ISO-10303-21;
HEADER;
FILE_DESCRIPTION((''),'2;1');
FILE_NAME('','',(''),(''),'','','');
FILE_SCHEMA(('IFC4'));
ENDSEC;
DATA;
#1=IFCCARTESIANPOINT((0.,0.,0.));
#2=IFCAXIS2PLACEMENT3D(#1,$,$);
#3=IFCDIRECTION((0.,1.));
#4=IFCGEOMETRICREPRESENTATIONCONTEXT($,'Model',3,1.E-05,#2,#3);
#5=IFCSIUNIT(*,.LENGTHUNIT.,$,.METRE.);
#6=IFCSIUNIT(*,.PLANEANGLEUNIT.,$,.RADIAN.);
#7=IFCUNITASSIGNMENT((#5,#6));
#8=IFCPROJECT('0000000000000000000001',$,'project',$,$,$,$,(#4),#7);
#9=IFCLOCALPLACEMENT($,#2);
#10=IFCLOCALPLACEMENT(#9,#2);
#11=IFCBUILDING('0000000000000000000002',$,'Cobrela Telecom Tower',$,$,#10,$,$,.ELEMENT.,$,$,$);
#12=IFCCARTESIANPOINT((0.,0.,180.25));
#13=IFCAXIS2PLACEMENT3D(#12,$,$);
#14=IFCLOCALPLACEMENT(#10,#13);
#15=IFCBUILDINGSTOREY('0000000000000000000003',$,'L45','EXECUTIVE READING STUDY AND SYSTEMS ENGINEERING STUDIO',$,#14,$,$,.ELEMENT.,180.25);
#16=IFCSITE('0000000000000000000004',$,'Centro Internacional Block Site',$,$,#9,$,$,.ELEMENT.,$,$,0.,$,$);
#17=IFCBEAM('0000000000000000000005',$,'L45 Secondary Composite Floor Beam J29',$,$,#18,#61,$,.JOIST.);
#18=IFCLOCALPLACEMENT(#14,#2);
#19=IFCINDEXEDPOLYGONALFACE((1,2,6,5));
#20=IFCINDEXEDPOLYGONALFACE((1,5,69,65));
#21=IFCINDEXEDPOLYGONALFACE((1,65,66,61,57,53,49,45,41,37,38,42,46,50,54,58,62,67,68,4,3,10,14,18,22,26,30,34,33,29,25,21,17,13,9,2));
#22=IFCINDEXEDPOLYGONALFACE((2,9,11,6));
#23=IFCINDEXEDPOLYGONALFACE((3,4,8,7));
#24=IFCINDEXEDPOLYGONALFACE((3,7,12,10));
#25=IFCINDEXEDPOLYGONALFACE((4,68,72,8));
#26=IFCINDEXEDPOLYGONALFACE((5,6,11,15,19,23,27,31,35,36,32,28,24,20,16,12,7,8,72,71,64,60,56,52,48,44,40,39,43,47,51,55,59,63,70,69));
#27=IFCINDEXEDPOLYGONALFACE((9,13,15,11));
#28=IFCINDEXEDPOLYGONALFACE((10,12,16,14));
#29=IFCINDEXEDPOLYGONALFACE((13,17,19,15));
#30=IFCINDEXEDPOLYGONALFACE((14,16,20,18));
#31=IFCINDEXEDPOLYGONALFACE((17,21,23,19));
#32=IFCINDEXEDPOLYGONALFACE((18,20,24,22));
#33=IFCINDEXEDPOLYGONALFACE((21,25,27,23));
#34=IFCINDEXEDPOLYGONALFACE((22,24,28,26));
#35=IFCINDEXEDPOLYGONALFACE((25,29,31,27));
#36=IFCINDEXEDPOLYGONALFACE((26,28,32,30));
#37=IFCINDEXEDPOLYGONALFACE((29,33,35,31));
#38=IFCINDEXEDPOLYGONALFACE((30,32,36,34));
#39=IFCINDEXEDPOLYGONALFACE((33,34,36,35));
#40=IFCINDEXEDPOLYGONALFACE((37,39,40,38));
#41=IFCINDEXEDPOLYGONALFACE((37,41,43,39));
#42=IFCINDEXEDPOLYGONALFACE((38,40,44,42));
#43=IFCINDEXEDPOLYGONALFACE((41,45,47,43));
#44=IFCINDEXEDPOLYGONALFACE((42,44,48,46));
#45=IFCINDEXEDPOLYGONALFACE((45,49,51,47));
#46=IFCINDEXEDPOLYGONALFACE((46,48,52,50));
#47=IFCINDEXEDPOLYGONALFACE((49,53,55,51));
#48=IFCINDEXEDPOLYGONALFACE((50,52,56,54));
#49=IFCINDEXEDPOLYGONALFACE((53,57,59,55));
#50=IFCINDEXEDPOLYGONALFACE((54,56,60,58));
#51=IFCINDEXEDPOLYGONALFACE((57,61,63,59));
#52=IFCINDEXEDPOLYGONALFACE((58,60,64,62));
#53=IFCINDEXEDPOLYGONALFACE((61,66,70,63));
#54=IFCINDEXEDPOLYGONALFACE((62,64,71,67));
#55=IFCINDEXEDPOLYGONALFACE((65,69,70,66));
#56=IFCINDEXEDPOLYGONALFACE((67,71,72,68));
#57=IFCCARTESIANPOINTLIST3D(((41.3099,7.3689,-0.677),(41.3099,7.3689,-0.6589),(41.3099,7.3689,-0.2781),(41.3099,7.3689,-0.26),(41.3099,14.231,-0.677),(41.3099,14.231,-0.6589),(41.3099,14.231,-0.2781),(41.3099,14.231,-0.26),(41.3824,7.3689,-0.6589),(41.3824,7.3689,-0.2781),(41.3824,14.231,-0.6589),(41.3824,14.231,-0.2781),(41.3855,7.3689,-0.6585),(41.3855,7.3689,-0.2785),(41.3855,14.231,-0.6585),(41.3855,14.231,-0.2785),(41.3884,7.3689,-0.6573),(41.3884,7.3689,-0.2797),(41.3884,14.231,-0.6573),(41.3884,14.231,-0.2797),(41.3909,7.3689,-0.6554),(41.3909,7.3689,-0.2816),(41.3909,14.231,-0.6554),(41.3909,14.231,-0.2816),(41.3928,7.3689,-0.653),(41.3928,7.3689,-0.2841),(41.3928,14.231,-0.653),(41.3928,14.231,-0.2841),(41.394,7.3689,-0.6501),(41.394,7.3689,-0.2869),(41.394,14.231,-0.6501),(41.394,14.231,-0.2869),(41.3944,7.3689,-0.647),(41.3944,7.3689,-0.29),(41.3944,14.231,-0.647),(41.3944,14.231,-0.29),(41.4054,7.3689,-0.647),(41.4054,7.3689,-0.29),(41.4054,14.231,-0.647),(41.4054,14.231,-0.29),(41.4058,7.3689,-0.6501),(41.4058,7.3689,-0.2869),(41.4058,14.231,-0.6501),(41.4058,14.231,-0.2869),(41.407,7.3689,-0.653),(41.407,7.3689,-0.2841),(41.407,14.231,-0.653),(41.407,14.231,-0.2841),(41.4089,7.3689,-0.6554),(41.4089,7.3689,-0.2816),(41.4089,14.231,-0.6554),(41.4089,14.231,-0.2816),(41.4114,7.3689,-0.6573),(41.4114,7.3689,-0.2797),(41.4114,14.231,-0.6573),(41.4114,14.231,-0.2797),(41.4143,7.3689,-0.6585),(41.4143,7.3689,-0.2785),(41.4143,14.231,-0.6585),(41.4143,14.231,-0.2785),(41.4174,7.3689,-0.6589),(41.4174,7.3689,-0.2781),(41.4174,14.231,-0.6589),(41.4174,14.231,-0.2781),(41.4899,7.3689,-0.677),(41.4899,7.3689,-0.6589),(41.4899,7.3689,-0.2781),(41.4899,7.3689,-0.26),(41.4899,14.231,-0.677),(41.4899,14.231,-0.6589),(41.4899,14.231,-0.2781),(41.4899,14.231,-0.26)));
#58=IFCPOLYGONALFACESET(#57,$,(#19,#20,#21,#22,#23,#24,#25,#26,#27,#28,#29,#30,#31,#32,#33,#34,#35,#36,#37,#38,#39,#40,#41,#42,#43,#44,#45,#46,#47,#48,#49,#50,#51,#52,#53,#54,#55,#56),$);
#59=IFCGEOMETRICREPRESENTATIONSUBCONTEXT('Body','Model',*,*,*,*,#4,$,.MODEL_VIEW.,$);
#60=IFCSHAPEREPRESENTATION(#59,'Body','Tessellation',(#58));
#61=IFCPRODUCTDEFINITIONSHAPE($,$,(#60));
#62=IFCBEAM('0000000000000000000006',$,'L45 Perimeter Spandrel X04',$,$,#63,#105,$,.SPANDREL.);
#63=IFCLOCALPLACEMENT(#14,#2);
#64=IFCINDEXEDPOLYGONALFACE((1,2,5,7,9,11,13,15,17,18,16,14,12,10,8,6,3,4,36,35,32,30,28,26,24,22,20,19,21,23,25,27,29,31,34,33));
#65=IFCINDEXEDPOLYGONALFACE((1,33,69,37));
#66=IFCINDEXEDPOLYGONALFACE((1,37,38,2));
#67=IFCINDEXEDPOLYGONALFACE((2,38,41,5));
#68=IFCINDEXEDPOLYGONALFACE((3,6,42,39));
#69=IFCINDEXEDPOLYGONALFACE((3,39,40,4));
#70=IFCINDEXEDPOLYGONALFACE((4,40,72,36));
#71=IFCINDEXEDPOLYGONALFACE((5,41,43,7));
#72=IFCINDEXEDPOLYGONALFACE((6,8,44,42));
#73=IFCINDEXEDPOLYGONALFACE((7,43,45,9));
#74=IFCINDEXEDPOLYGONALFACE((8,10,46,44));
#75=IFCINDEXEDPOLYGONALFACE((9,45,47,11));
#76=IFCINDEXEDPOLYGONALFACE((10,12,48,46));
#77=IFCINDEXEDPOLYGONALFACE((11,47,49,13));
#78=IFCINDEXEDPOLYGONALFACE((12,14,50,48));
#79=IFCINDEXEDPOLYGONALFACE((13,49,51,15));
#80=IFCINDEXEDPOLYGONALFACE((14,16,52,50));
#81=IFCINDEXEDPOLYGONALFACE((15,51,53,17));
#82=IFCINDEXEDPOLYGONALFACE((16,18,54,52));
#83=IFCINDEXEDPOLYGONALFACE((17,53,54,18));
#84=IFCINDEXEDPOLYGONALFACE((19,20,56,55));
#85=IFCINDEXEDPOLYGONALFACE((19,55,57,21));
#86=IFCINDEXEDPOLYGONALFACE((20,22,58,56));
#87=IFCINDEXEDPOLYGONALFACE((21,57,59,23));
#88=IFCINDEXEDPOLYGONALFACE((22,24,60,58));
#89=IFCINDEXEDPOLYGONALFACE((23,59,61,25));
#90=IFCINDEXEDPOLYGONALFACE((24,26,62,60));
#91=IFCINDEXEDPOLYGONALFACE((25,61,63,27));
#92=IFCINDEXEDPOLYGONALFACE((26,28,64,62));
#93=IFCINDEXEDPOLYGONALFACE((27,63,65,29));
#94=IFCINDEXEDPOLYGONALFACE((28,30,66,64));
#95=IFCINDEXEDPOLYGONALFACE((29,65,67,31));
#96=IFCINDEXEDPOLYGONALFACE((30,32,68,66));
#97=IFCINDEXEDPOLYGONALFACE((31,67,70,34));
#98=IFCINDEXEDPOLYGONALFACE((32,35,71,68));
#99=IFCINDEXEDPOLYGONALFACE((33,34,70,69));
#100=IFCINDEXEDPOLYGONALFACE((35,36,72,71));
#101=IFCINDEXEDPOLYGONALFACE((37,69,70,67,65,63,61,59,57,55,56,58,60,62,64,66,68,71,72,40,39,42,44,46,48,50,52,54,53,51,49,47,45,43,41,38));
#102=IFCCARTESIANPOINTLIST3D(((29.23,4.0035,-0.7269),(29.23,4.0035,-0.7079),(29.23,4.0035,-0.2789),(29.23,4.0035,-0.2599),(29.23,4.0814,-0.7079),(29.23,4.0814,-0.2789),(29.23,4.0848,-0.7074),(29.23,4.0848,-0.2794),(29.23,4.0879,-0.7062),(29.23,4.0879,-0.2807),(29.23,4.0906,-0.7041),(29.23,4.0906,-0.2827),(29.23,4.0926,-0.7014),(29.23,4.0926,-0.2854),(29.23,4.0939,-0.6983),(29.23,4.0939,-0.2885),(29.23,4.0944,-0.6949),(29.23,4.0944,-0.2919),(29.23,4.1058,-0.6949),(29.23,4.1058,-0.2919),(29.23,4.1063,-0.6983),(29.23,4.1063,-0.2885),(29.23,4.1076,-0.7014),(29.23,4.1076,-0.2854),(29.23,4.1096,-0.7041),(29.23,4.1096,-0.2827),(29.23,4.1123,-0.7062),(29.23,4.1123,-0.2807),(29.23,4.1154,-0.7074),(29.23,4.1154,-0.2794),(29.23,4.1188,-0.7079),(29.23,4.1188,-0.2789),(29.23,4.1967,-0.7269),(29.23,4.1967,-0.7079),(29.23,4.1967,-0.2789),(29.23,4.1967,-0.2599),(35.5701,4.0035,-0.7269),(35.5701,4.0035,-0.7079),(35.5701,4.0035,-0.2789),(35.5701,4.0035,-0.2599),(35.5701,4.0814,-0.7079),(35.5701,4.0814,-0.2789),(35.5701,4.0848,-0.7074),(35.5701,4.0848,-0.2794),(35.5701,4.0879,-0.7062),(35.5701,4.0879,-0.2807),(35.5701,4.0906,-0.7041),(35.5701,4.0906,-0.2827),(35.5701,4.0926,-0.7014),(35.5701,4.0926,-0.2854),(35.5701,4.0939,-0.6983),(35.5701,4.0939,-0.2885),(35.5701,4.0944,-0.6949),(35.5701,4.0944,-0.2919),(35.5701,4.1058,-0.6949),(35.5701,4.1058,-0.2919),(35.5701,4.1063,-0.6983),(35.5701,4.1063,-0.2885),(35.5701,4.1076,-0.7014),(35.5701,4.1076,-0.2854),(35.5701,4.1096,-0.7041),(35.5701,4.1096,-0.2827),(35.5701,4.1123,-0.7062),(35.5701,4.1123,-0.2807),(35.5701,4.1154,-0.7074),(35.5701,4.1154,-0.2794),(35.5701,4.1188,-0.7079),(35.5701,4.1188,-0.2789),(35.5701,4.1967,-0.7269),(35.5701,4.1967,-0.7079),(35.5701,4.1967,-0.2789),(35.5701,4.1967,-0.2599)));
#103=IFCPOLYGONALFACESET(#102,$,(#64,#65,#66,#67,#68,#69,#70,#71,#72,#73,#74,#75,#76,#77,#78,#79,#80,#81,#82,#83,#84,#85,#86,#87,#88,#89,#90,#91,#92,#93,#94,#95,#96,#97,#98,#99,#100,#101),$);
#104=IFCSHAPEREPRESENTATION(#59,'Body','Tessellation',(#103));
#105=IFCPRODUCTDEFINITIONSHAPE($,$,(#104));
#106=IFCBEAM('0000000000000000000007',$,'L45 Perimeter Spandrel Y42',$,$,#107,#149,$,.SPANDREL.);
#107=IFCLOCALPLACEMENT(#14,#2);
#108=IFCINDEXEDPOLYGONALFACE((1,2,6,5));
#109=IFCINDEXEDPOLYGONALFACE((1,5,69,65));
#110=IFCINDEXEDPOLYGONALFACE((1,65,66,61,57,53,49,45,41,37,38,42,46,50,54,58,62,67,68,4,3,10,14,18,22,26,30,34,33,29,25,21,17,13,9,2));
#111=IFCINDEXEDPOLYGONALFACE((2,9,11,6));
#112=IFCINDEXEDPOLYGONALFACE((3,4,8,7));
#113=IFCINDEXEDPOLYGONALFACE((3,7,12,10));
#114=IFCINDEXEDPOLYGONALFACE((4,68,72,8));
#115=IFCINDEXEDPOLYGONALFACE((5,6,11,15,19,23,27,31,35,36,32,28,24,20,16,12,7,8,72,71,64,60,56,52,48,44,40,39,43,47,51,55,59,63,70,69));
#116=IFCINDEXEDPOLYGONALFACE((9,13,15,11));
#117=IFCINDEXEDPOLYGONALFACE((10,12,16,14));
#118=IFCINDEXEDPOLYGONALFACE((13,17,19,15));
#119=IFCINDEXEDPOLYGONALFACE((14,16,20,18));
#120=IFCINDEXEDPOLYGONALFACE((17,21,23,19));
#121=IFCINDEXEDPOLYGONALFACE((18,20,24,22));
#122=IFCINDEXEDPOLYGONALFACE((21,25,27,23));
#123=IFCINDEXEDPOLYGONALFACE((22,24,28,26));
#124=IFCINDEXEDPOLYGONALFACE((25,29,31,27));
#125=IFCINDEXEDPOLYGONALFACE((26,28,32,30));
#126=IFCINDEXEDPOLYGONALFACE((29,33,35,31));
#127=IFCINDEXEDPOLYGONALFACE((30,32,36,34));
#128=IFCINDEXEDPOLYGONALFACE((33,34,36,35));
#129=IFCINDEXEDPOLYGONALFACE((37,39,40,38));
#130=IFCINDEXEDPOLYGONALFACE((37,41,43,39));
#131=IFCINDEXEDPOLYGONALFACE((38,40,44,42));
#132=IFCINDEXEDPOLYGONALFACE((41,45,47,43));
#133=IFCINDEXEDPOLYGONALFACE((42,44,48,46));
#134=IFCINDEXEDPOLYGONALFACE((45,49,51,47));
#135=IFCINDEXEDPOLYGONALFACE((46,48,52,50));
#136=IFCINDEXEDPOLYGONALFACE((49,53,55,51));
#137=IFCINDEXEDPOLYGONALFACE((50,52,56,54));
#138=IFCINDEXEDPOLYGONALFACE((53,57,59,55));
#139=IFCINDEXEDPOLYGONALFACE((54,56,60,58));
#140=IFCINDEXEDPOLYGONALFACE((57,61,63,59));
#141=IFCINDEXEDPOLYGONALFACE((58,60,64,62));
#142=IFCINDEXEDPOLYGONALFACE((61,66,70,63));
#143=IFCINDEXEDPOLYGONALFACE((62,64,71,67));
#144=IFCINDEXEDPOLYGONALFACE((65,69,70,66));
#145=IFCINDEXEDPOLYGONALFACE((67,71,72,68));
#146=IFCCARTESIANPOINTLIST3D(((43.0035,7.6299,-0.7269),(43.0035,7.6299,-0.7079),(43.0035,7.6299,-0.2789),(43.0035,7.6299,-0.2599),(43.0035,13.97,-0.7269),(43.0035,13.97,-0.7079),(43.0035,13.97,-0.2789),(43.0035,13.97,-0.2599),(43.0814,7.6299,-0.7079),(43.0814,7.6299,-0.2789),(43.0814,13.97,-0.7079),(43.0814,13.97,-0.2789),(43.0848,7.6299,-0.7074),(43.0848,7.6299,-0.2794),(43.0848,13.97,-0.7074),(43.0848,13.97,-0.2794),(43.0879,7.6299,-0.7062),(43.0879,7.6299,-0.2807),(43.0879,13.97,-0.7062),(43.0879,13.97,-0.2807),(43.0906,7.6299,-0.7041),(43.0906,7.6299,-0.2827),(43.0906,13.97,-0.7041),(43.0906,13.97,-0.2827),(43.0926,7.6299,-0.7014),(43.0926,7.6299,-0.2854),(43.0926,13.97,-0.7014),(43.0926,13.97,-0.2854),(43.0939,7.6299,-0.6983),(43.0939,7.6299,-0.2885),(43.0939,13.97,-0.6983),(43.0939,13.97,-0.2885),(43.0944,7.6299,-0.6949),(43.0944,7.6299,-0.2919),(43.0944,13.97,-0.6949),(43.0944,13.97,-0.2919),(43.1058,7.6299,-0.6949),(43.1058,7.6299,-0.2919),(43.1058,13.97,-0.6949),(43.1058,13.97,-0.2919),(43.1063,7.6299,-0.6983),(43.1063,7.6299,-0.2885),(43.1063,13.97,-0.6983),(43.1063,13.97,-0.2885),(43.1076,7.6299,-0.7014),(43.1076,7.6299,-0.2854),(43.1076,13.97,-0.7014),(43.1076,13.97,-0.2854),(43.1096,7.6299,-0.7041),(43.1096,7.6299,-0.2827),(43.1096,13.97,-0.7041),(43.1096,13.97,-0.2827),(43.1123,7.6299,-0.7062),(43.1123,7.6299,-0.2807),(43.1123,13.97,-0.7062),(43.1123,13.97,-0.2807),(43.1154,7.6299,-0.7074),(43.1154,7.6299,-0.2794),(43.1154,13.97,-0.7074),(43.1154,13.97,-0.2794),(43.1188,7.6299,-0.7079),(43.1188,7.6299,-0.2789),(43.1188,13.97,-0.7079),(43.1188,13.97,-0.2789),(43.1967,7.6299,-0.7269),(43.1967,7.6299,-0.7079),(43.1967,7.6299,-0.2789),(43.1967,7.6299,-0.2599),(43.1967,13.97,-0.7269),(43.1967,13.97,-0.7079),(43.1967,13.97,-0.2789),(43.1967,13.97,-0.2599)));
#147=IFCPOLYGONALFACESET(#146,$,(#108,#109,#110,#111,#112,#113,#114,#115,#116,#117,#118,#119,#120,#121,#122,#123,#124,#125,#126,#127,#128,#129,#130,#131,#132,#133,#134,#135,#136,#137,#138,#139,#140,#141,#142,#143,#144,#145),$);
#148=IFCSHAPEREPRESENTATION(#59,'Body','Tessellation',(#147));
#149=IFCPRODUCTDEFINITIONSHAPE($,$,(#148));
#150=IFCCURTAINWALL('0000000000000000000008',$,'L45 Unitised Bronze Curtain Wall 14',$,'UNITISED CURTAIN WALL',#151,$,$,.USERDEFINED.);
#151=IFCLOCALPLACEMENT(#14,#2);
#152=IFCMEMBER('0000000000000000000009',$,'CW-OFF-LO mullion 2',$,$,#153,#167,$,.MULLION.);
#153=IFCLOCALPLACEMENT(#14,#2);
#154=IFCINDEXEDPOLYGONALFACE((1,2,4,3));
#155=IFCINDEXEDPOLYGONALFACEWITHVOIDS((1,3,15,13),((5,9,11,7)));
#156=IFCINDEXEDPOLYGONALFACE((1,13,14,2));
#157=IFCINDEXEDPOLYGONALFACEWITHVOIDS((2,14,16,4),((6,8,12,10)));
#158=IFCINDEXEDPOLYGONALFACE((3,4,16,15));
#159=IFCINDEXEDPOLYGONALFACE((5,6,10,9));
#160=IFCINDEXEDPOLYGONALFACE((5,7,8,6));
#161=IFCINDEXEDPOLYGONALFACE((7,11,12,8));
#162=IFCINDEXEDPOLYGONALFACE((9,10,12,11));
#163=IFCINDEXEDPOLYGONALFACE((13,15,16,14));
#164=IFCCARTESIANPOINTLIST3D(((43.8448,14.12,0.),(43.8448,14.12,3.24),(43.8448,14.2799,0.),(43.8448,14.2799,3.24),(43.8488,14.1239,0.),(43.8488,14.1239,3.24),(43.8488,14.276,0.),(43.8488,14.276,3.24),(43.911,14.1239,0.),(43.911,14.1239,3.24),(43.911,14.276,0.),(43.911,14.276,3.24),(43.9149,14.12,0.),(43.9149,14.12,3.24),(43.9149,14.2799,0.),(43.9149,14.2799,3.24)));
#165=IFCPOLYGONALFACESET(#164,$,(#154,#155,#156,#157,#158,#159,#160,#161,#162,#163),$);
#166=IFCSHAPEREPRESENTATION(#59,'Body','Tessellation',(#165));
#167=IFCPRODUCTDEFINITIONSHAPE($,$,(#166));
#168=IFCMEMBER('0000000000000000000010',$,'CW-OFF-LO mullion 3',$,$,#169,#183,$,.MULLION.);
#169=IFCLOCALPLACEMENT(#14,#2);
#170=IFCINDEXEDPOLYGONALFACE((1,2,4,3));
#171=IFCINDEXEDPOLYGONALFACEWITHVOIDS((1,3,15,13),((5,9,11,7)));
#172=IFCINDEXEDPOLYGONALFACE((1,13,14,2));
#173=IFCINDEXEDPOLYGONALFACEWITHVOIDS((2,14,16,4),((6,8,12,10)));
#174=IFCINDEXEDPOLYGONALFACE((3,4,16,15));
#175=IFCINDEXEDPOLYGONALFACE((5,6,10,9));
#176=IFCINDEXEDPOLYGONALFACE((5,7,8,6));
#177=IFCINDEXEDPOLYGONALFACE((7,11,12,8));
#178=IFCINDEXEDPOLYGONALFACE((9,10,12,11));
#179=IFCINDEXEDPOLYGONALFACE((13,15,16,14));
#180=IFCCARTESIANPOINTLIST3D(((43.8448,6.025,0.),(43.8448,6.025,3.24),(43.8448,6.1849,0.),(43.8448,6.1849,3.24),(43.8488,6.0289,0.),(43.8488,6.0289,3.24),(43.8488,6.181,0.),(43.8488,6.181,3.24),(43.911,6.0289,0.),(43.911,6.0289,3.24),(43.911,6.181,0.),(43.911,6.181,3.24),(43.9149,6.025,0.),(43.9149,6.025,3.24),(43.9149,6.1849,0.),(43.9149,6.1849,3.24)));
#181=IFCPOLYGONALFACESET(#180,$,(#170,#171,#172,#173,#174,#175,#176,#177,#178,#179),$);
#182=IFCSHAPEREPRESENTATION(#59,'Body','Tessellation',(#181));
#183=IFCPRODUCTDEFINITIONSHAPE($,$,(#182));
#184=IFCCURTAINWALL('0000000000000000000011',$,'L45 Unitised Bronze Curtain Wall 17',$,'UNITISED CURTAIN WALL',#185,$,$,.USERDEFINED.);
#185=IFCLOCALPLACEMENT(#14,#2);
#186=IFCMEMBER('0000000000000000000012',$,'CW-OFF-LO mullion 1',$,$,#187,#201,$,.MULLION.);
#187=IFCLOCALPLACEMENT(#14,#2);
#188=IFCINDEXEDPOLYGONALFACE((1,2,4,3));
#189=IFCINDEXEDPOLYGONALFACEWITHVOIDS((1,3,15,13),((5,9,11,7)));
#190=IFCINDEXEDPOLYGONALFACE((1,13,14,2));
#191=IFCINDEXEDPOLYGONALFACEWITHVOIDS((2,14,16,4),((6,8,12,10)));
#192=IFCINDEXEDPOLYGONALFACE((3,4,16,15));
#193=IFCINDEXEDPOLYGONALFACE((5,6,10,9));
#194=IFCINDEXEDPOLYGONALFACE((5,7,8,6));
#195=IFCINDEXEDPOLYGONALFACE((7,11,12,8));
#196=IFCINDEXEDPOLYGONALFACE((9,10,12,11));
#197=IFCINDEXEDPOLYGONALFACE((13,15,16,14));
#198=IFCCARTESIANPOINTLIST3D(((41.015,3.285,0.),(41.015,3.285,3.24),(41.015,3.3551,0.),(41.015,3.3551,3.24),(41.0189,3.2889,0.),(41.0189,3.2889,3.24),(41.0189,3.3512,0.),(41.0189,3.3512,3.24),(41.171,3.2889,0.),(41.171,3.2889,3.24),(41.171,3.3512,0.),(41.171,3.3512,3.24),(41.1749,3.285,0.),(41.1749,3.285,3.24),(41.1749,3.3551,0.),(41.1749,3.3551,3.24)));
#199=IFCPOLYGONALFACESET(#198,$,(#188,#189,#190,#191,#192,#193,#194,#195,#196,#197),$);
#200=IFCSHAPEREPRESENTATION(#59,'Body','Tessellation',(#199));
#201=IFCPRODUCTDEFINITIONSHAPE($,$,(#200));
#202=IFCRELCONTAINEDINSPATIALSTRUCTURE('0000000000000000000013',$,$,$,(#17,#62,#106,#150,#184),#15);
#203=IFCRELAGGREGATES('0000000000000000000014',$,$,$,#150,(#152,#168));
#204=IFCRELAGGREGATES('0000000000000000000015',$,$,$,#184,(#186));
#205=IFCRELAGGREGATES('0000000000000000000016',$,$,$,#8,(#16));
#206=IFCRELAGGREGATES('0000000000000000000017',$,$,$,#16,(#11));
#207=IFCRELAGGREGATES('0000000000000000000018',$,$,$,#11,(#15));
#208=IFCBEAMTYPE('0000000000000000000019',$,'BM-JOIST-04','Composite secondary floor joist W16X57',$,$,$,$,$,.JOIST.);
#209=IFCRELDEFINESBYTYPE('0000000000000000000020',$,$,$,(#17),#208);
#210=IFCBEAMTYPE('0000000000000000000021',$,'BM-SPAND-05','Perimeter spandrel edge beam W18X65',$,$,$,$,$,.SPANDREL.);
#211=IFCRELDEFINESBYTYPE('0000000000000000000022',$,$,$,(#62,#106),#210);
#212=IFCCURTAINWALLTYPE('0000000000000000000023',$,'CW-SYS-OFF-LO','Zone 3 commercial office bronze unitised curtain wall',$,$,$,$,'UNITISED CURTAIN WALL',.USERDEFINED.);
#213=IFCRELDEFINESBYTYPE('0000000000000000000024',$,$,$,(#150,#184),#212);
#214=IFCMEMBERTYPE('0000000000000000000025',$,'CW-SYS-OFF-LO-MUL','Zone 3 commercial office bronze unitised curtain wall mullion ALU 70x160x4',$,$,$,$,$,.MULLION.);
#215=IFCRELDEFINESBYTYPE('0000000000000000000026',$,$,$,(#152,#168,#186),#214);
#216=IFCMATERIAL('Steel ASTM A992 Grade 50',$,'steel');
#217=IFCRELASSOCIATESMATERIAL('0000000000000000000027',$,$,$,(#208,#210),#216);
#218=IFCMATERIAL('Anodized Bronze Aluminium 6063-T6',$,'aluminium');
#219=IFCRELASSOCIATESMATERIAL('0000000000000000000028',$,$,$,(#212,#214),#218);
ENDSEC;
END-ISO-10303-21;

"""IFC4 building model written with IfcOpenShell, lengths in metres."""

from ifc_helpers import new_model, si_unit, direction, frame, origin, origin_2d, place, context, subcontext, project, spatial, hollow_rectangle, i_section, extrude, material, material_profile, profile_set, type_object, element, aggregate, save


model = new_model("IFC4")

# Units and contexts
model_context = context("Model", 3, precision=1e-05, world=origin(), true_north=direction((0.0, 1.0)))
body_context = subcontext(model_context, "Body", "Model", "MODEL_VIEW")
ifc_project = project(units=[si_unit("LENGTHUNIT", "METRE"), si_unit("PLANEANGLEUNIT", "RADIAN")], contexts=[model_context])

# Site, building, storey
site_placement = place(None, origin())
site = spatial("IfcSite", under=ifc_project, at=site_placement, Name="Centro Internacional Block Site", CompositionType="ELEMENT", RefElevation=0.0)
building_placement = place(site_placement, origin())
building = spatial("IfcBuilding", under=site, at=building_placement, Name="Cobrela Telecom Tower", CompositionType="ELEMENT")
storey_placement = place(building_placement, frame((0.0, 0.0, 180.25)))
storey = spatial("IfcBuildingStorey", under=building, at=storey_placement, Name="L45", Description="EXECUTIVE READING STUDY AND SYSTEMS ENGINEERING STUDIO", CompositionType="ELEMENT", Elevation=180.25)

# Shared definitions
ifc_material_1 = material(Name="Steel ASTM A992 Grade 50", Category="steel")

# Beams
ifc_material_profile_1 = material_profile(ifc_material_1, i_section(OverallWidth=0.1799, OverallDepth=0.417, WebThickness=0.011, FlangeThickness=0.0181, FilletRadius=0.012, at=origin_2d()), Name="W16X57")
ifc_profile_set_1 = profile_set([ifc_material_profile_1], Name="Steel ASTM A992 Grade 50")
beam_type_1 = type_object("IfcBeamType", Name="BM-JOIST-04", Description="Composite secondary floor joist W16X57", PredefinedType="JOIST", material=ifc_profile_set_1)
for number, where, z_axis, x_axis, name in (
    (1, (41.3999, 7.3689, -0.4685), (0.0, 1.0, 0.0), (-1.0, 0.0, 0.0), "L45 Secondary Composite Floor Beam J29"),
):
    element("IfcBeam", number, at=place(storey_placement, frame(where, z_axis=z_axis, x_axis=x_axis)), inside=storey, type_object=beam_type_1, Name=name, PredefinedType="JOIST", context=body_context, shape_type="SweptSolid", body=[
        extrude(i_section(OverallWidth=0.1799, OverallDepth=0.417, WebThickness=0.011, FlangeThickness=0.0181, FilletRadius=0.012, at=origin_2d()), origin(), (0.0, 0.0, 1.0), 6.8621),
    ])
ifc_material_profile_2 = material_profile(ifc_material_1, i_section(OverallWidth=0.1931, OverallDepth=0.467, WebThickness=0.0115, FlangeThickness=0.019, FilletRadius=0.0129, at=origin_2d()), Name="W18X65")
ifc_profile_set_2 = profile_set([ifc_material_profile_2], Name="Steel ASTM A992 Grade 50")
beam_type_2 = type_object("IfcBeamType", Name="BM-SPAND-05", Description="Perimeter spandrel edge beam W18X65", PredefinedType="SPANDREL", material=ifc_profile_set_2)
for number, where, z_axis, x_axis, name in (
    (2, (29.23, 4.1001, -0.4934), (1.0, 0.0, 0.0), (0.0, 1.0, 0.0), "L45 Perimeter Spandrel X04"),
    (3, (43.1001, 7.6299, -0.4934), (0.0, 1.0, 0.0), (-1.0, 0.0, 0.0), "L45 Perimeter Spandrel Y42"),
):
    element("IfcBeam", number, at=place(storey_placement, frame(where, z_axis=z_axis, x_axis=x_axis)), inside=storey, type_object=beam_type_2, Name=name, PredefinedType="SPANDREL", context=body_context, shape_type="SweptSolid", body=[
        extrude(i_section(OverallWidth=0.1931, OverallDepth=0.467, WebThickness=0.0115, FlangeThickness=0.019, FilletRadius=0.0129, at=origin_2d()), origin(), (0.0, 0.0, 1.0), 6.3401),
    ])

# Curtain walls, members
ifc_material_2 = material(Name="Anodized Bronze Aluminium 6063-T6", Category="aluminium")
curtain_wall_type = type_object("IfcCurtainWallType", Name="CW-SYS-OFF-LO", Description="Zone 3 commercial office bronze unitised curtain wall", ElementType="UNITISED CURTAIN WALL", PredefinedType="USERDEFINED", material=ifc_material_2)
curtain_wall_1_placement = place(storey_placement, origin())
curtain_wall_1 = element("IfcCurtainWall", 4, at=curtain_wall_1_placement, inside=storey, type_object=curtain_wall_type, Name="L45 Unitised Bronze Curtain Wall 14", ObjectType="UNITISED CURTAIN WALL", PredefinedType="USERDEFINED")
ifc_material_profile_3 = material_profile(ifc_material_2, hollow_rectangle(XDim=0.0701, YDim=0.1599, WallThickness=0.0039, at=origin_2d()), Name="ALU 70x160x4")
ifc_profile_set_3 = profile_set([ifc_material_profile_3], Name="Anodized Bronze Aluminium 6063-T6")
member_type_1 = type_object("IfcMemberType", Name="CW-SYS-OFF-LO-MUL", Description="Zone 3 commercial office bronze unitised curtain wall mullion ALU 70x160x4", PredefinedType="MULLION", material=ifc_profile_set_3)
member_1_placement = place(storey_placement, frame((43.8799, 14.2, 0.0), z_axis=(0.0, 0.0, 1.0), x_axis=(1.0, 0.0, 0.0)))
member_1 = element("IfcMember", 5, at=member_1_placement, type_object=member_type_1, Name="CW-OFF-LO mullion 2", PredefinedType="MULLION", context=body_context, shape_type="SweptSolid", body=[
    extrude(hollow_rectangle(XDim=0.0701, YDim=0.1599, WallThickness=0.0039, at=origin_2d()), origin(), (0.0, 0.0, 1.0), 3.24),
])
member_2_placement = place(storey_placement, frame((43.8799, 6.105, 0.0), z_axis=(0.0, 0.0, 1.0), x_axis=(1.0, 0.0, 0.0)))
member_2 = element("IfcMember", 6, at=member_2_placement, type_object=member_type_1, Name="CW-OFF-LO mullion 3", PredefinedType="MULLION", context=body_context, shape_type="SweptSolid", body=[
    extrude(hollow_rectangle(XDim=0.0701, YDim=0.1599, WallThickness=0.0039, at=origin_2d()), origin(), (0.0, 0.0, 1.0), 3.24),
])
curtain_wall_2_placement = place(storey_placement, origin())
curtain_wall_2 = element("IfcCurtainWall", 7, at=curtain_wall_2_placement, inside=storey, type_object=curtain_wall_type, Name="L45 Unitised Bronze Curtain Wall 17", ObjectType="UNITISED CURTAIN WALL", PredefinedType="USERDEFINED")
member_3_placement = place(storey_placement, frame((41.095, 3.3201, 0.0), z_axis=(0.0, 0.0, 1.0), x_axis=(0.0, -1.0, 0.0)))
member_3 = element("IfcMember", 8, at=member_3_placement, type_object=member_type_1, Name="CW-OFF-LO mullion 1", PredefinedType="MULLION", context=body_context, shape_type="SweptSolid", body=[
    extrude(hollow_rectangle(XDim=0.0701, YDim=0.1599, WallThickness=0.0039, at=origin_2d()), origin(), (0.0, 0.0, 1.0), 3.24),
])

aggregate(curtain_wall_1, [member_1, member_2])
aggregate(curtain_wall_2, [member_3])

save(model, "model.ifc")
